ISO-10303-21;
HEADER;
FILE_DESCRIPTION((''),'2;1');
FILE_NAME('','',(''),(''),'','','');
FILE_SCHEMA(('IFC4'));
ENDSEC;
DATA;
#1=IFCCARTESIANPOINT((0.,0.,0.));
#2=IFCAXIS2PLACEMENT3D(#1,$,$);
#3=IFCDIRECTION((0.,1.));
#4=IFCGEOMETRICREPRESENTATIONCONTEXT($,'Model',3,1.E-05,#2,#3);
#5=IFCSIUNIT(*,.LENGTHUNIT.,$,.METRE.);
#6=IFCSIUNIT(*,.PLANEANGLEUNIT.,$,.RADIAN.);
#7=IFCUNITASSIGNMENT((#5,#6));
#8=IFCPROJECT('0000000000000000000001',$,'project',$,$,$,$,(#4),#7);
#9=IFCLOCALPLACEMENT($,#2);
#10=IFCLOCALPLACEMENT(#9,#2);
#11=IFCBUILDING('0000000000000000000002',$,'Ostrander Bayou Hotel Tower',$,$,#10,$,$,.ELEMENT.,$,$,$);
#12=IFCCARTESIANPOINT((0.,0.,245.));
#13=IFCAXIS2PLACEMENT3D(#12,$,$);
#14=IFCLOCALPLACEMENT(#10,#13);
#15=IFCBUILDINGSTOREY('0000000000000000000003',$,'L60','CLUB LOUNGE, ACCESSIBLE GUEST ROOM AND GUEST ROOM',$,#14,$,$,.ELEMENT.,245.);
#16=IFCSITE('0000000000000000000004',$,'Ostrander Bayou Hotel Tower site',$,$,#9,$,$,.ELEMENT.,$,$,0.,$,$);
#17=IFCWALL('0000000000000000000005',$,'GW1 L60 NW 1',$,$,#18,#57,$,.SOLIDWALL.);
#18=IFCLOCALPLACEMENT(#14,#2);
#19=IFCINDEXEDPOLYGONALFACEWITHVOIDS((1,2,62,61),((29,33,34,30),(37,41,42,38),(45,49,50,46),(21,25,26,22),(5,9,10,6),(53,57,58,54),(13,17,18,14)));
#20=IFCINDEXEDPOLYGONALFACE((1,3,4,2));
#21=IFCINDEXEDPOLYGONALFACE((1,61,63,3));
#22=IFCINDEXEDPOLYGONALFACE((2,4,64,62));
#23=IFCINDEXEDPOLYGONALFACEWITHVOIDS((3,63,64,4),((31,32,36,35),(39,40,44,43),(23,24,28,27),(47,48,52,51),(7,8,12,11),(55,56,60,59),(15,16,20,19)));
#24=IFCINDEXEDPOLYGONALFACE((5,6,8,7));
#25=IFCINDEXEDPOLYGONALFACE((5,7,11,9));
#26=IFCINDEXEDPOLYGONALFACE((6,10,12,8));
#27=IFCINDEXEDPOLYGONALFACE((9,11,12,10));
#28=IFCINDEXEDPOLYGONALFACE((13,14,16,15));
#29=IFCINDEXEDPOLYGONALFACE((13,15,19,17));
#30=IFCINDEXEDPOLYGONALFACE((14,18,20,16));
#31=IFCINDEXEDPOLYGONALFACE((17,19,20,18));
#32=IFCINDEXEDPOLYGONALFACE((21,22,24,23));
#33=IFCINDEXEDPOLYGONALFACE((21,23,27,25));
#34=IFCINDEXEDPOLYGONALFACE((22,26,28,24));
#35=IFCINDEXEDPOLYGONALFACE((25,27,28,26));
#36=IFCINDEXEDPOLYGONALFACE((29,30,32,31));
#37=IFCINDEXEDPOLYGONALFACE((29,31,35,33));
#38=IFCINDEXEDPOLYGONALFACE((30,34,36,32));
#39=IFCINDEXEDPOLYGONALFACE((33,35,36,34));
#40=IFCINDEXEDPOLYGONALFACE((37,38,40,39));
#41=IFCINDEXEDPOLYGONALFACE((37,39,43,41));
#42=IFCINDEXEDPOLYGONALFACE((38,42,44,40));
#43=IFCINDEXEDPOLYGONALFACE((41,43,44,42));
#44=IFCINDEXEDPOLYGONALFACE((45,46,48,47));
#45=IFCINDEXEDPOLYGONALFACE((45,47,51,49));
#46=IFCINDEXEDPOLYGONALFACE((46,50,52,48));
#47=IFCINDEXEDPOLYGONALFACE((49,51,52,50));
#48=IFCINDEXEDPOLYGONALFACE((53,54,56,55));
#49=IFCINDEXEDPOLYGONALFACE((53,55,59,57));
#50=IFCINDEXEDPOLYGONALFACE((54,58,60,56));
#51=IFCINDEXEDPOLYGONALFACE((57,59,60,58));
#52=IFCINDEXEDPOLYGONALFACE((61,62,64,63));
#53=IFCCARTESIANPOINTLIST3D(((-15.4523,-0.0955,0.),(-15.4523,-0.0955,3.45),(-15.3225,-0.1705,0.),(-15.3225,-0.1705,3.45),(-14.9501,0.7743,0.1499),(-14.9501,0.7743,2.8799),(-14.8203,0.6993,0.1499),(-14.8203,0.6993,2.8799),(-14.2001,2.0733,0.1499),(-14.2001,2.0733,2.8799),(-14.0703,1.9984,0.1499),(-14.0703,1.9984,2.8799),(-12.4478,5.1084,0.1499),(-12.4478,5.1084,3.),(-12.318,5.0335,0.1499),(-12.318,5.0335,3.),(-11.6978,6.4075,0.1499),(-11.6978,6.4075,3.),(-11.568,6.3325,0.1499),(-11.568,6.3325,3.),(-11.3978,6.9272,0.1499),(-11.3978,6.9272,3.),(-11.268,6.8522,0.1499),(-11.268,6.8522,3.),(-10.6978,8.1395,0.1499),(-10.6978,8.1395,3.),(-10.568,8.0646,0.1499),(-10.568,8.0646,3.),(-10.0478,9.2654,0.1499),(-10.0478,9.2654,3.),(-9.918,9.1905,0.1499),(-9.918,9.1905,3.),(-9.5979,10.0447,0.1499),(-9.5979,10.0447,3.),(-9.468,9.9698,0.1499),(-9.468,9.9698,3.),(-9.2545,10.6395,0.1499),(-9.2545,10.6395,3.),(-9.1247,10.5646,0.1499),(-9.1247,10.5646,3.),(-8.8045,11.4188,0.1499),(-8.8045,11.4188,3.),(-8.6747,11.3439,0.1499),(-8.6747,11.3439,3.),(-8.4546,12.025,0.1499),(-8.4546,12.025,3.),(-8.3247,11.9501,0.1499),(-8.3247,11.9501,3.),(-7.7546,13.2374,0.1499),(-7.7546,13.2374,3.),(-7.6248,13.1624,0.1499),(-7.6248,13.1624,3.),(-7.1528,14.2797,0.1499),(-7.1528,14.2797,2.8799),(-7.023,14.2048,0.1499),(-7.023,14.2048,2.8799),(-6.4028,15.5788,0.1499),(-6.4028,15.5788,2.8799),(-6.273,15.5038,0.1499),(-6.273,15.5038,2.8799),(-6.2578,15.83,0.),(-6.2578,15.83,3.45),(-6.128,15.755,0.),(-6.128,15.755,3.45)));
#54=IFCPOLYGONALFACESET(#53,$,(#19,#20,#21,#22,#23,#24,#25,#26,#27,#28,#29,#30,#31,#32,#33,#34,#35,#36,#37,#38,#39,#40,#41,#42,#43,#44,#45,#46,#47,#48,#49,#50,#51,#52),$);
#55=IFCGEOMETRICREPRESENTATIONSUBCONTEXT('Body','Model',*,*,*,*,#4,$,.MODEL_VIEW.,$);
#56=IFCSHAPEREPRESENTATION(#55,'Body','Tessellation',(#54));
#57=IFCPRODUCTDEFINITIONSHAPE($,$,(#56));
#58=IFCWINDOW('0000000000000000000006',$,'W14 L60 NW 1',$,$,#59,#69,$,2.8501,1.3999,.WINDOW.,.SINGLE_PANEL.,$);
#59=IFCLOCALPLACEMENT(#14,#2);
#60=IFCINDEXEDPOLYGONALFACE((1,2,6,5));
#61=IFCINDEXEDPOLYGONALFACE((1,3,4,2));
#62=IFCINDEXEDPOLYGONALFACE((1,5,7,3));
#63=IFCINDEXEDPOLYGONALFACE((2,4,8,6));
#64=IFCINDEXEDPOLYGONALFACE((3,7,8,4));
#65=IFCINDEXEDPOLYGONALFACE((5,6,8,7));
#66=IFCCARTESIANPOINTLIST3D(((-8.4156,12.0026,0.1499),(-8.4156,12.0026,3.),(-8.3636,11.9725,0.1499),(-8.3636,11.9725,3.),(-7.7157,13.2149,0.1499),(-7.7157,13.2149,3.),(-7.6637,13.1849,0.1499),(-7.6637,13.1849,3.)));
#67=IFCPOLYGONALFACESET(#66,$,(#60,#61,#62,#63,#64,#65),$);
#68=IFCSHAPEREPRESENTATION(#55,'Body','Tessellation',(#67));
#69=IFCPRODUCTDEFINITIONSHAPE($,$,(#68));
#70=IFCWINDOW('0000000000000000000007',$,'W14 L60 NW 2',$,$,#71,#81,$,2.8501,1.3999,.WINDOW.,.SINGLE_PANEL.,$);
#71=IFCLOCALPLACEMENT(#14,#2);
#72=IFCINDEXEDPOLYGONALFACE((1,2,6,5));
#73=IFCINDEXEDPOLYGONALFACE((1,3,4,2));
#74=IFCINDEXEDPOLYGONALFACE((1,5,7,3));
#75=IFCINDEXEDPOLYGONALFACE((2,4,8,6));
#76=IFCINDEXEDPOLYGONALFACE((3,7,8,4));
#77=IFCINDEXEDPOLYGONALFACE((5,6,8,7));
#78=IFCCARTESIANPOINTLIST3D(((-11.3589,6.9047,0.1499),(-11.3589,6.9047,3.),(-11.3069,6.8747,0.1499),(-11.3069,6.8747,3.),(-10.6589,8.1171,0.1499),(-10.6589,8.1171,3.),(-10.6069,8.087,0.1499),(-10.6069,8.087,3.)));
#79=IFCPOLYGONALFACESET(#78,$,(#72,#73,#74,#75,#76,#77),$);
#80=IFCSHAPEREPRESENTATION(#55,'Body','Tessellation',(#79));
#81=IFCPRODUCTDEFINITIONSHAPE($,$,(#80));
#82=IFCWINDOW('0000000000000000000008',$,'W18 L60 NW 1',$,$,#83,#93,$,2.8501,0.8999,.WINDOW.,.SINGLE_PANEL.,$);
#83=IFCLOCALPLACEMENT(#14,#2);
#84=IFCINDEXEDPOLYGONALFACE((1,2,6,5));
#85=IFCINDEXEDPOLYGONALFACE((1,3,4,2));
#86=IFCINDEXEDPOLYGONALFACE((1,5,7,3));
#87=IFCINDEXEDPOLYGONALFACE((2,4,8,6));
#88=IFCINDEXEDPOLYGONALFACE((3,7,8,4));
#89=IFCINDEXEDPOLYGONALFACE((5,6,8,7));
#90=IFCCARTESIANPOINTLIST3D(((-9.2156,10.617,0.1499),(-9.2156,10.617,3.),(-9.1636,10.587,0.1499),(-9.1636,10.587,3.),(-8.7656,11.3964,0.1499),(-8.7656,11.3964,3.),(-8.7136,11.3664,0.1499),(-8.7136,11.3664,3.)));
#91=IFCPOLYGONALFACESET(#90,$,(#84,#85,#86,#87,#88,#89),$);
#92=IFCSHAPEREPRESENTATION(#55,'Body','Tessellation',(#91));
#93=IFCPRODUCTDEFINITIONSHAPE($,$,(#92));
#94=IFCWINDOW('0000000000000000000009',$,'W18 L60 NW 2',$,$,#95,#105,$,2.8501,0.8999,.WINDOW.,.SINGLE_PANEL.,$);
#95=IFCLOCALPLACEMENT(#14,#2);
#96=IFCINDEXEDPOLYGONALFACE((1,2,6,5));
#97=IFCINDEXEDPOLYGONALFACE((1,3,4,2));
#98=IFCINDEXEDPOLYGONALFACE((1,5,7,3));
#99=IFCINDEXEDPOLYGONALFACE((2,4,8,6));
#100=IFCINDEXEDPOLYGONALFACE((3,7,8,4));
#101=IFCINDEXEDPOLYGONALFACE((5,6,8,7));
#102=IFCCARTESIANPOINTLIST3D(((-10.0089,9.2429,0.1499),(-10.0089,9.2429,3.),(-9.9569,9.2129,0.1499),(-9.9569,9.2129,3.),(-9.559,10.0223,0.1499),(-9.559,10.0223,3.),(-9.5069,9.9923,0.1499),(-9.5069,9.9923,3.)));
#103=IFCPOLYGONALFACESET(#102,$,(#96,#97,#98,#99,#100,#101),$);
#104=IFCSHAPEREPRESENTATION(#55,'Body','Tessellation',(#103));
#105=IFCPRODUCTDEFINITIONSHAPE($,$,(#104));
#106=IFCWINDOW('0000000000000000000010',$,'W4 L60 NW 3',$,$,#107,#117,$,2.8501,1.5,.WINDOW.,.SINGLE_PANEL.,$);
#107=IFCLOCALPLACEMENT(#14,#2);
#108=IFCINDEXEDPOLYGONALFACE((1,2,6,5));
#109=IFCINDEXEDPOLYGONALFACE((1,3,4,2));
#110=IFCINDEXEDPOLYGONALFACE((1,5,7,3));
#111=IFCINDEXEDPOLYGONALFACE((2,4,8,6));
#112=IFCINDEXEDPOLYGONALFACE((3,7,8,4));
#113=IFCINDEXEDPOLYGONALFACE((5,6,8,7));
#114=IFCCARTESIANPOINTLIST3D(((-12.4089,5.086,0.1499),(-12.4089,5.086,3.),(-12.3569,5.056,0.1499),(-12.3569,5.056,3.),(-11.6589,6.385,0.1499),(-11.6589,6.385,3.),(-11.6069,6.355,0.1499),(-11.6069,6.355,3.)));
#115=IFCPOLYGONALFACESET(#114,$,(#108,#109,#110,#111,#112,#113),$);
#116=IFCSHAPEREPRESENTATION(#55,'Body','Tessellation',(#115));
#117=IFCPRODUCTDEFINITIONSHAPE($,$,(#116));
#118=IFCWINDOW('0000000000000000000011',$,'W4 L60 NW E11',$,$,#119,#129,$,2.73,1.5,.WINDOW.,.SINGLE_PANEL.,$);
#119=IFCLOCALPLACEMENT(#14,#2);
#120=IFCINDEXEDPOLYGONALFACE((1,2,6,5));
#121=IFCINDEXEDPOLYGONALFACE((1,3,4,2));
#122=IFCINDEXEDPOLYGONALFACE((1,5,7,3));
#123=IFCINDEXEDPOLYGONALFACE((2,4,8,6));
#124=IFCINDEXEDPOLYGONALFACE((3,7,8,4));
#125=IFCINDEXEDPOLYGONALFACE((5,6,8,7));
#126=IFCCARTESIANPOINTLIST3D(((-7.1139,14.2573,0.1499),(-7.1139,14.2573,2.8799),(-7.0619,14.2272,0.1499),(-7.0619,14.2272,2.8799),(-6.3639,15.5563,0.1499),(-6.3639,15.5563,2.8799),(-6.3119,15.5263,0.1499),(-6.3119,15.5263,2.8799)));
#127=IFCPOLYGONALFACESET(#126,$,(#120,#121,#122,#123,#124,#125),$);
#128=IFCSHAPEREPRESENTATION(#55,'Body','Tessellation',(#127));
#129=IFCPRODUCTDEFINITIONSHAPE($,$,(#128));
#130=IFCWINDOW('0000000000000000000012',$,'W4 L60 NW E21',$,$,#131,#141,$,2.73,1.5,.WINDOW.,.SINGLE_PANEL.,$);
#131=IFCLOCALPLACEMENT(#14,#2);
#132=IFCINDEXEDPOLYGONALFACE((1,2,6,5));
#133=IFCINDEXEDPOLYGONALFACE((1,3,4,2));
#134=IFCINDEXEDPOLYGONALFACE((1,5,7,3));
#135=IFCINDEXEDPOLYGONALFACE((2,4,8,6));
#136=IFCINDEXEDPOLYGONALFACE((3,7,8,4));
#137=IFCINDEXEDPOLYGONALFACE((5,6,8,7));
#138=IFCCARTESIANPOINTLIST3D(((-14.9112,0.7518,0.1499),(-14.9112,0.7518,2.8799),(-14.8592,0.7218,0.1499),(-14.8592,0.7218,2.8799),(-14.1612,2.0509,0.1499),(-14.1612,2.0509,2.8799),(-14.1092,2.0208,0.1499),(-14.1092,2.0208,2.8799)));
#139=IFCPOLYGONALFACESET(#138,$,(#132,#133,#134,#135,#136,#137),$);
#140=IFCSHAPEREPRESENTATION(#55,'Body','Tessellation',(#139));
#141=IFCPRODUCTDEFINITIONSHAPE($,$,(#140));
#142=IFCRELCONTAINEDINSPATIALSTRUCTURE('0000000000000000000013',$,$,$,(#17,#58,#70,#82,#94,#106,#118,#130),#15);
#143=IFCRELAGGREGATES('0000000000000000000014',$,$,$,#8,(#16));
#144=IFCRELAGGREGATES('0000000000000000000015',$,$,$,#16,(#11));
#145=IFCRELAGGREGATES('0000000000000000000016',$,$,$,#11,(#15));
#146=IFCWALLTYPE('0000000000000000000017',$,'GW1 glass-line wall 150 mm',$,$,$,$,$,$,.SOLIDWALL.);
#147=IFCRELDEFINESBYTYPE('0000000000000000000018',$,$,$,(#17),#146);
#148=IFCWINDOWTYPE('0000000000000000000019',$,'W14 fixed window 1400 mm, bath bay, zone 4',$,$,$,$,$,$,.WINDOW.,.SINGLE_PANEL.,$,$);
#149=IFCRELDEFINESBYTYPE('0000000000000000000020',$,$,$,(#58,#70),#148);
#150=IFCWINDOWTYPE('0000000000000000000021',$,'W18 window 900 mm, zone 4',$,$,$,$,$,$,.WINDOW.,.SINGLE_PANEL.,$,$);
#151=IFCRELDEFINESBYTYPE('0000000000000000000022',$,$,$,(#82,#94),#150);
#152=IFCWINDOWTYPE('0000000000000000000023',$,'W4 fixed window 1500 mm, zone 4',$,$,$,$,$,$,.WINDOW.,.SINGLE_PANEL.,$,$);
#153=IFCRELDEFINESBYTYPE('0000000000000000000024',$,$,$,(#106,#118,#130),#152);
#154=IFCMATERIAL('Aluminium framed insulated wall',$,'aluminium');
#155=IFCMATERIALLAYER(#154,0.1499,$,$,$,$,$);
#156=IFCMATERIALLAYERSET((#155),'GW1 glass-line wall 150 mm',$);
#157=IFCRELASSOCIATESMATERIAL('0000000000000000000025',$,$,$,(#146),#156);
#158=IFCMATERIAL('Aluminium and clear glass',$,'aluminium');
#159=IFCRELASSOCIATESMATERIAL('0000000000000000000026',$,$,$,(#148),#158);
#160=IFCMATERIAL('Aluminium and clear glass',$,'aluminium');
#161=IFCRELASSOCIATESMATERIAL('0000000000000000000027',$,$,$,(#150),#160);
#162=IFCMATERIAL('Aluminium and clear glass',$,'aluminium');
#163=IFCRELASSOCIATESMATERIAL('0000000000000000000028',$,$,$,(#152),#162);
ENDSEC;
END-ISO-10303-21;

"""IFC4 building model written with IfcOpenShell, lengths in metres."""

from ifc_helpers import new_model, si_unit, direction, frame, frame_2d, origin, place, context, subcontext, project, spatial, rectangle, extrude, material, layer, layer_set, type_object, element, fill, save


model = new_model("IFC4")

# Units and contexts
model_context = context("Model", 3, precision=1e-05, world=origin(), true_north=direction((0.0, 1.0)))
body_context = subcontext(model_context, "Body", "Model", "MODEL_VIEW")
ifc_project = project(units=[si_unit("LENGTHUNIT", "METRE"), si_unit("PLANEANGLEUNIT", "RADIAN")], contexts=[model_context])

# Site, building, storey
site_placement = place(None, origin())
site = spatial("IfcSite", under=ifc_project, at=site_placement, Name="Ostrander Bayou Hotel Tower site", CompositionType="ELEMENT", RefElevation=0.0)
building_placement = place(site_placement, origin())
building = spatial("IfcBuilding", under=site, at=building_placement, Name="Ostrander Bayou Hotel Tower", CompositionType="ELEMENT")
storey_placement = place(building_placement, frame((0.0, 0.0, 245.0)))
storey = spatial("IfcBuildingStorey", under=building, at=storey_placement, Name="L60", Description="CLUB LOUNGE, ACCESSIBLE GUEST ROOM AND GUEST ROOM", CompositionType="ELEMENT", Elevation=245.0)

# Wall, openings, windows
ifc_material_1 = material(Name="Aluminium framed insulated wall", Category="aluminium")
ifc_layer_1 = layer(ifc_material_1, 0.1499)
ifc_layer_set_1 = layer_set([ifc_layer_1], Name="GW1 glass-line wall 150 mm")
wall_type_1 = type_object("IfcWallType", Name="GW1 glass-line wall 150 mm", PredefinedType="SOLIDWALL", material=ifc_layer_set_1)
wall_1_placement = place(storey_placement, frame((-6.1929, 15.7925, 0.0), z_axis=(0.0, 0.0, 1.0), x_axis=(-0.499999, -0.866026, 0.0)))
wall_1 = element("IfcWall", 1, at=wall_1_placement, inside=storey, type_object=wall_type_1, Name="GW1 L60 NW 1", PredefinedType="SOLIDWALL", context=body_context, shape_type="SweptSolid", body=[
    extrude(rectangle(XDim=18.3892, YDim=0.1499, at=frame_2d((9.1946, 0.0))), origin(), (0.0, 0.0, 1.0), 3.45),
])
opening_1_placement = place(wall_1_placement, frame((5.0935, 0.0, 0.1499)))
opening_1 = element("IfcOpeningElement", 2, at=opening_1_placement, cuts=wall_1, PredefinedType="OPENING", context=body_context, shape_type="SweptSolid", body=[
    extrude(rectangle(XDim=0.8999, YDim=2.8501, at=frame_2d((0.45, 1.425))), frame((0.0, 0.075, 0.0), z_axis=(0.0, -1.0, 0.0), x_axis=(1.0, 0.0, 0.0)), (0.0, 0.0, 1.0), 0.1499),
])
opening_2_placement = place(wall_1_placement, frame((2.9937, 0.0, 0.1499)))
opening_2 = element("IfcOpeningElement", 3, at=opening_2_placement, cuts=wall_1, PredefinedType="OPENING", context=body_context, shape_type="SweptSolid", body=[
    extrude(rectangle(XDim=1.3999, YDim=2.8501, at=frame_2d((0.7, 1.425))), frame((0.0, 0.075, 0.0), z_axis=(0.0, -1.0, 0.0), x_axis=(1.0, 0.0, 0.0)), (0.0, 0.0, 1.0), 0.1499),
])
opening_3_placement = place(wall_1_placement, frame((6.6802, 0.0, 0.1499)))
opening_3 = element("IfcOpeningElement", 4, at=opening_3_placement, cuts=wall_1, PredefinedType="OPENING", context=body_context, shape_type="SweptSolid", body=[
    extrude(rectangle(XDim=0.8999, YDim=2.8501, at=frame_2d((0.45, 1.425))), frame((0.0, 0.075, 0.0), z_axis=(0.0, -1.0, 0.0), x_axis=(1.0, 0.0, 0.0)), (0.0, 0.0, 1.0), 0.1499),
])
opening_4_placement = place(wall_1_placement, frame((8.8801, 0.0, 0.1499)))
opening_4 = element("IfcOpeningElement", 5, at=opening_4_placement, cuts=wall_1, PredefinedType="OPENING", context=body_context, shape_type="SweptSolid", body=[
    extrude(rectangle(XDim=1.3999, YDim=2.8501, at=frame_2d((0.7, 1.425))), frame((0.0, 0.075, 0.0), z_axis=(0.0, -1.0, 0.0), x_axis=(1.0, 0.0, 0.0)), (0.0, 0.0, 1.0), 0.1499),
])
opening_5_placement = place(wall_1_placement, frame((10.8801, 0.0, 0.1499)))
opening_5 = element("IfcOpeningElement", 6, at=opening_5_placement, cuts=wall_1, PredefinedType="OPENING", context=body_context, shape_type="SweptSolid", body=[
    extrude(rectangle(XDim=1.5, YDim=2.8501, at=frame_2d((0.75, 1.425))), frame((0.0, 0.075, 0.0), z_axis=(0.0, -1.0, 0.0), x_axis=(1.0, 0.0, 0.0)), (0.0, 0.0, 1.0), 0.1499),
])
opening_6_placement = place(wall_1_placement, frame((0.29, 0.0, 0.1499)))
opening_6 = element("IfcOpeningElement", 7, at=opening_6_placement, cuts=wall_1, PredefinedType="OPENING", context=body_context, shape_type="SweptSolid", body=[
    extrude(rectangle(XDim=1.5, YDim=2.73, at=frame_2d((0.75, 1.365))), frame((0.0, 0.075, 0.0), z_axis=(0.0, -1.0, 0.0), x_axis=(1.0, 0.0, 0.0)), (0.0, 0.0, 1.0), 0.1499),
])
opening_7_placement = place(wall_1_placement, frame((15.8848, 0.0, 0.1499)))
opening_7 = element("IfcOpeningElement", 8, at=opening_7_placement, cuts=wall_1, PredefinedType="OPENING", context=body_context, shape_type="SweptSolid", body=[
    extrude(rectangle(XDim=1.5, YDim=2.73, at=frame_2d((0.75, 1.365))), frame((0.0, 0.075, 0.0), z_axis=(0.0, -1.0, 0.0), x_axis=(1.0, 0.0, 0.0)), (0.0, 0.0, 1.0), 0.1499),
])
ifc_material_2 = material(Name="Aluminium and clear glass", Category="aluminium")
window_type_1 = type_object("IfcWindowType", Name="W14 fixed window 1400 mm, bath bay, zone 4", PartitioningType="SINGLE_PANEL", PredefinedType="WINDOW", material=ifc_material_2)
window_1_placement = place(opening_2_placement, origin())
window_1 = element("IfcWindow", 9, at=window_1_placement, inside=storey, type_object=window_type_1, Name="W14 L60 NW 1", OverallHeight=2.8501, OverallWidth=1.3999, PartitioningType="SINGLE_PANEL", PredefinedType="WINDOW", context=body_context, shape_type="SweptSolid", body=[
    extrude(rectangle(XDim=1.3999, YDim=2.8501, at=frame_2d((0.7, 1.425))), frame((0.0, 0.03, 0.0), z_axis=(0.0, -1.0, 0.0), x_axis=(1.0, 0.0, 0.0)), (0.0, 0.0, 1.0), 0.0601),
])
fill(opening_2, window_1)
window_2_placement = place(opening_4_placement, origin())
window_2 = element("IfcWindow", 10, at=window_2_placement, inside=storey, type_object=window_type_1, Name="W14 L60 NW 2", OverallHeight=2.8501, OverallWidth=1.3999, PartitioningType="SINGLE_PANEL", PredefinedType="WINDOW", context=body_context, shape_type="SweptSolid", body=[
    extrude(rectangle(XDim=1.3999, YDim=2.8501, at=frame_2d((0.7, 1.425))), frame((0.0, 0.03, 0.0), z_axis=(0.0, -1.0, 0.0), x_axis=(1.0, 0.0, 0.0)), (0.0, 0.0, 1.0), 0.0601),
])
fill(opening_4, window_2)
ifc_material_3 = material(Name="Aluminium and clear glass", Category="aluminium")
window_type_2 = type_object("IfcWindowType", Name="W18 window 900 mm, zone 4", PartitioningType="SINGLE_PANEL", PredefinedType="WINDOW", material=ifc_material_3)
window_3_placement = place(opening_1_placement, origin())
window_3 = element("IfcWindow", 11, at=window_3_placement, inside=storey, type_object=window_type_2, Name="W18 L60 NW 1", OverallHeight=2.8501, OverallWidth=0.8999, PartitioningType="SINGLE_PANEL", PredefinedType="WINDOW", context=body_context, shape_type="SweptSolid", body=[
    extrude(rectangle(XDim=0.8999, YDim=2.8501, at=frame_2d((0.45, 1.425))), frame((0.0, 0.03, 0.0), z_axis=(0.0, -1.0, 0.0), x_axis=(1.0, 0.0, 0.0)), (0.0, 0.0, 1.0), 0.0601),
])
fill(opening_1, window_3)
window_4_placement = place(opening_3_placement, origin())
window_4 = element("IfcWindow", 12, at=window_4_placement, inside=storey, type_object=window_type_2, Name="W18 L60 NW 2", OverallHeight=2.8501, OverallWidth=0.8999, PartitioningType="SINGLE_PANEL", PredefinedType="WINDOW", context=body_context, shape_type="SweptSolid", body=[
    extrude(rectangle(XDim=0.8999, YDim=2.8501, at=frame_2d((0.45, 1.425))), frame((0.0, 0.03, 0.0), z_axis=(0.0, -1.0, 0.0), x_axis=(1.0, 0.0, 0.0)), (0.0, 0.0, 1.0), 0.0601),
])
fill(opening_3, window_4)
ifc_material_4 = material(Name="Aluminium and clear glass", Category="aluminium")
window_type_3 = type_object("IfcWindowType", Name="W4 fixed window 1500 mm, zone 4", PartitioningType="SINGLE_PANEL", PredefinedType="WINDOW", material=ifc_material_4)
window_5_placement = place(opening_5_placement, origin())
window_5 = element("IfcWindow", 13, at=window_5_placement, inside=storey, type_object=window_type_3, Name="W4 L60 NW 3", OverallHeight=2.8501, OverallWidth=1.5, PartitioningType="SINGLE_PANEL", PredefinedType="WINDOW", context=body_context, shape_type="SweptSolid", body=[
    extrude(rectangle(XDim=1.5, YDim=2.8501, at=frame_2d((0.75, 1.425))), frame((0.0, 0.03, 0.0), z_axis=(0.0, -1.0, 0.0), x_axis=(1.0, 0.0, 0.0)), (0.0, 0.0, 1.0), 0.0601),
])
fill(opening_5, window_5)
window_6_placement = place(opening_6_placement, origin())
window_6 = element("IfcWindow", 14, at=window_6_placement, inside=storey, type_object=window_type_3, Name="W4 L60 NW E11", OverallHeight=2.73, OverallWidth=1.5, PartitioningType="SINGLE_PANEL", PredefinedType="WINDOW", context=body_context, shape_type="SweptSolid", body=[
    extrude(rectangle(XDim=1.5, YDim=2.73, at=frame_2d((0.75, 1.365))), frame((0.0, 0.03, 0.0), z_axis=(0.0, -1.0, 0.0), x_axis=(1.0, 0.0, 0.0)), (0.0, 0.0, 1.0), 0.0601),
])
fill(opening_6, window_6)
window_7_placement = place(opening_7_placement, origin())
window_7 = element("IfcWindow", 15, at=window_7_placement, inside=storey, type_object=window_type_3, Name="W4 L60 NW E21", OverallHeight=2.73, OverallWidth=1.5, PartitioningType="SINGLE_PANEL", PredefinedType="WINDOW", context=body_context, shape_type="SweptSolid", body=[
    extrude(rectangle(XDim=1.5, YDim=2.73, at=frame_2d((0.75, 1.365))), frame((0.0, 0.03, 0.0), z_axis=(0.0, -1.0, 0.0), x_axis=(1.0, 0.0, 0.0)), (0.0, 0.0, 1.0), 0.0601),
])
fill(opening_7, window_7)

save(model, "model.ifc")
